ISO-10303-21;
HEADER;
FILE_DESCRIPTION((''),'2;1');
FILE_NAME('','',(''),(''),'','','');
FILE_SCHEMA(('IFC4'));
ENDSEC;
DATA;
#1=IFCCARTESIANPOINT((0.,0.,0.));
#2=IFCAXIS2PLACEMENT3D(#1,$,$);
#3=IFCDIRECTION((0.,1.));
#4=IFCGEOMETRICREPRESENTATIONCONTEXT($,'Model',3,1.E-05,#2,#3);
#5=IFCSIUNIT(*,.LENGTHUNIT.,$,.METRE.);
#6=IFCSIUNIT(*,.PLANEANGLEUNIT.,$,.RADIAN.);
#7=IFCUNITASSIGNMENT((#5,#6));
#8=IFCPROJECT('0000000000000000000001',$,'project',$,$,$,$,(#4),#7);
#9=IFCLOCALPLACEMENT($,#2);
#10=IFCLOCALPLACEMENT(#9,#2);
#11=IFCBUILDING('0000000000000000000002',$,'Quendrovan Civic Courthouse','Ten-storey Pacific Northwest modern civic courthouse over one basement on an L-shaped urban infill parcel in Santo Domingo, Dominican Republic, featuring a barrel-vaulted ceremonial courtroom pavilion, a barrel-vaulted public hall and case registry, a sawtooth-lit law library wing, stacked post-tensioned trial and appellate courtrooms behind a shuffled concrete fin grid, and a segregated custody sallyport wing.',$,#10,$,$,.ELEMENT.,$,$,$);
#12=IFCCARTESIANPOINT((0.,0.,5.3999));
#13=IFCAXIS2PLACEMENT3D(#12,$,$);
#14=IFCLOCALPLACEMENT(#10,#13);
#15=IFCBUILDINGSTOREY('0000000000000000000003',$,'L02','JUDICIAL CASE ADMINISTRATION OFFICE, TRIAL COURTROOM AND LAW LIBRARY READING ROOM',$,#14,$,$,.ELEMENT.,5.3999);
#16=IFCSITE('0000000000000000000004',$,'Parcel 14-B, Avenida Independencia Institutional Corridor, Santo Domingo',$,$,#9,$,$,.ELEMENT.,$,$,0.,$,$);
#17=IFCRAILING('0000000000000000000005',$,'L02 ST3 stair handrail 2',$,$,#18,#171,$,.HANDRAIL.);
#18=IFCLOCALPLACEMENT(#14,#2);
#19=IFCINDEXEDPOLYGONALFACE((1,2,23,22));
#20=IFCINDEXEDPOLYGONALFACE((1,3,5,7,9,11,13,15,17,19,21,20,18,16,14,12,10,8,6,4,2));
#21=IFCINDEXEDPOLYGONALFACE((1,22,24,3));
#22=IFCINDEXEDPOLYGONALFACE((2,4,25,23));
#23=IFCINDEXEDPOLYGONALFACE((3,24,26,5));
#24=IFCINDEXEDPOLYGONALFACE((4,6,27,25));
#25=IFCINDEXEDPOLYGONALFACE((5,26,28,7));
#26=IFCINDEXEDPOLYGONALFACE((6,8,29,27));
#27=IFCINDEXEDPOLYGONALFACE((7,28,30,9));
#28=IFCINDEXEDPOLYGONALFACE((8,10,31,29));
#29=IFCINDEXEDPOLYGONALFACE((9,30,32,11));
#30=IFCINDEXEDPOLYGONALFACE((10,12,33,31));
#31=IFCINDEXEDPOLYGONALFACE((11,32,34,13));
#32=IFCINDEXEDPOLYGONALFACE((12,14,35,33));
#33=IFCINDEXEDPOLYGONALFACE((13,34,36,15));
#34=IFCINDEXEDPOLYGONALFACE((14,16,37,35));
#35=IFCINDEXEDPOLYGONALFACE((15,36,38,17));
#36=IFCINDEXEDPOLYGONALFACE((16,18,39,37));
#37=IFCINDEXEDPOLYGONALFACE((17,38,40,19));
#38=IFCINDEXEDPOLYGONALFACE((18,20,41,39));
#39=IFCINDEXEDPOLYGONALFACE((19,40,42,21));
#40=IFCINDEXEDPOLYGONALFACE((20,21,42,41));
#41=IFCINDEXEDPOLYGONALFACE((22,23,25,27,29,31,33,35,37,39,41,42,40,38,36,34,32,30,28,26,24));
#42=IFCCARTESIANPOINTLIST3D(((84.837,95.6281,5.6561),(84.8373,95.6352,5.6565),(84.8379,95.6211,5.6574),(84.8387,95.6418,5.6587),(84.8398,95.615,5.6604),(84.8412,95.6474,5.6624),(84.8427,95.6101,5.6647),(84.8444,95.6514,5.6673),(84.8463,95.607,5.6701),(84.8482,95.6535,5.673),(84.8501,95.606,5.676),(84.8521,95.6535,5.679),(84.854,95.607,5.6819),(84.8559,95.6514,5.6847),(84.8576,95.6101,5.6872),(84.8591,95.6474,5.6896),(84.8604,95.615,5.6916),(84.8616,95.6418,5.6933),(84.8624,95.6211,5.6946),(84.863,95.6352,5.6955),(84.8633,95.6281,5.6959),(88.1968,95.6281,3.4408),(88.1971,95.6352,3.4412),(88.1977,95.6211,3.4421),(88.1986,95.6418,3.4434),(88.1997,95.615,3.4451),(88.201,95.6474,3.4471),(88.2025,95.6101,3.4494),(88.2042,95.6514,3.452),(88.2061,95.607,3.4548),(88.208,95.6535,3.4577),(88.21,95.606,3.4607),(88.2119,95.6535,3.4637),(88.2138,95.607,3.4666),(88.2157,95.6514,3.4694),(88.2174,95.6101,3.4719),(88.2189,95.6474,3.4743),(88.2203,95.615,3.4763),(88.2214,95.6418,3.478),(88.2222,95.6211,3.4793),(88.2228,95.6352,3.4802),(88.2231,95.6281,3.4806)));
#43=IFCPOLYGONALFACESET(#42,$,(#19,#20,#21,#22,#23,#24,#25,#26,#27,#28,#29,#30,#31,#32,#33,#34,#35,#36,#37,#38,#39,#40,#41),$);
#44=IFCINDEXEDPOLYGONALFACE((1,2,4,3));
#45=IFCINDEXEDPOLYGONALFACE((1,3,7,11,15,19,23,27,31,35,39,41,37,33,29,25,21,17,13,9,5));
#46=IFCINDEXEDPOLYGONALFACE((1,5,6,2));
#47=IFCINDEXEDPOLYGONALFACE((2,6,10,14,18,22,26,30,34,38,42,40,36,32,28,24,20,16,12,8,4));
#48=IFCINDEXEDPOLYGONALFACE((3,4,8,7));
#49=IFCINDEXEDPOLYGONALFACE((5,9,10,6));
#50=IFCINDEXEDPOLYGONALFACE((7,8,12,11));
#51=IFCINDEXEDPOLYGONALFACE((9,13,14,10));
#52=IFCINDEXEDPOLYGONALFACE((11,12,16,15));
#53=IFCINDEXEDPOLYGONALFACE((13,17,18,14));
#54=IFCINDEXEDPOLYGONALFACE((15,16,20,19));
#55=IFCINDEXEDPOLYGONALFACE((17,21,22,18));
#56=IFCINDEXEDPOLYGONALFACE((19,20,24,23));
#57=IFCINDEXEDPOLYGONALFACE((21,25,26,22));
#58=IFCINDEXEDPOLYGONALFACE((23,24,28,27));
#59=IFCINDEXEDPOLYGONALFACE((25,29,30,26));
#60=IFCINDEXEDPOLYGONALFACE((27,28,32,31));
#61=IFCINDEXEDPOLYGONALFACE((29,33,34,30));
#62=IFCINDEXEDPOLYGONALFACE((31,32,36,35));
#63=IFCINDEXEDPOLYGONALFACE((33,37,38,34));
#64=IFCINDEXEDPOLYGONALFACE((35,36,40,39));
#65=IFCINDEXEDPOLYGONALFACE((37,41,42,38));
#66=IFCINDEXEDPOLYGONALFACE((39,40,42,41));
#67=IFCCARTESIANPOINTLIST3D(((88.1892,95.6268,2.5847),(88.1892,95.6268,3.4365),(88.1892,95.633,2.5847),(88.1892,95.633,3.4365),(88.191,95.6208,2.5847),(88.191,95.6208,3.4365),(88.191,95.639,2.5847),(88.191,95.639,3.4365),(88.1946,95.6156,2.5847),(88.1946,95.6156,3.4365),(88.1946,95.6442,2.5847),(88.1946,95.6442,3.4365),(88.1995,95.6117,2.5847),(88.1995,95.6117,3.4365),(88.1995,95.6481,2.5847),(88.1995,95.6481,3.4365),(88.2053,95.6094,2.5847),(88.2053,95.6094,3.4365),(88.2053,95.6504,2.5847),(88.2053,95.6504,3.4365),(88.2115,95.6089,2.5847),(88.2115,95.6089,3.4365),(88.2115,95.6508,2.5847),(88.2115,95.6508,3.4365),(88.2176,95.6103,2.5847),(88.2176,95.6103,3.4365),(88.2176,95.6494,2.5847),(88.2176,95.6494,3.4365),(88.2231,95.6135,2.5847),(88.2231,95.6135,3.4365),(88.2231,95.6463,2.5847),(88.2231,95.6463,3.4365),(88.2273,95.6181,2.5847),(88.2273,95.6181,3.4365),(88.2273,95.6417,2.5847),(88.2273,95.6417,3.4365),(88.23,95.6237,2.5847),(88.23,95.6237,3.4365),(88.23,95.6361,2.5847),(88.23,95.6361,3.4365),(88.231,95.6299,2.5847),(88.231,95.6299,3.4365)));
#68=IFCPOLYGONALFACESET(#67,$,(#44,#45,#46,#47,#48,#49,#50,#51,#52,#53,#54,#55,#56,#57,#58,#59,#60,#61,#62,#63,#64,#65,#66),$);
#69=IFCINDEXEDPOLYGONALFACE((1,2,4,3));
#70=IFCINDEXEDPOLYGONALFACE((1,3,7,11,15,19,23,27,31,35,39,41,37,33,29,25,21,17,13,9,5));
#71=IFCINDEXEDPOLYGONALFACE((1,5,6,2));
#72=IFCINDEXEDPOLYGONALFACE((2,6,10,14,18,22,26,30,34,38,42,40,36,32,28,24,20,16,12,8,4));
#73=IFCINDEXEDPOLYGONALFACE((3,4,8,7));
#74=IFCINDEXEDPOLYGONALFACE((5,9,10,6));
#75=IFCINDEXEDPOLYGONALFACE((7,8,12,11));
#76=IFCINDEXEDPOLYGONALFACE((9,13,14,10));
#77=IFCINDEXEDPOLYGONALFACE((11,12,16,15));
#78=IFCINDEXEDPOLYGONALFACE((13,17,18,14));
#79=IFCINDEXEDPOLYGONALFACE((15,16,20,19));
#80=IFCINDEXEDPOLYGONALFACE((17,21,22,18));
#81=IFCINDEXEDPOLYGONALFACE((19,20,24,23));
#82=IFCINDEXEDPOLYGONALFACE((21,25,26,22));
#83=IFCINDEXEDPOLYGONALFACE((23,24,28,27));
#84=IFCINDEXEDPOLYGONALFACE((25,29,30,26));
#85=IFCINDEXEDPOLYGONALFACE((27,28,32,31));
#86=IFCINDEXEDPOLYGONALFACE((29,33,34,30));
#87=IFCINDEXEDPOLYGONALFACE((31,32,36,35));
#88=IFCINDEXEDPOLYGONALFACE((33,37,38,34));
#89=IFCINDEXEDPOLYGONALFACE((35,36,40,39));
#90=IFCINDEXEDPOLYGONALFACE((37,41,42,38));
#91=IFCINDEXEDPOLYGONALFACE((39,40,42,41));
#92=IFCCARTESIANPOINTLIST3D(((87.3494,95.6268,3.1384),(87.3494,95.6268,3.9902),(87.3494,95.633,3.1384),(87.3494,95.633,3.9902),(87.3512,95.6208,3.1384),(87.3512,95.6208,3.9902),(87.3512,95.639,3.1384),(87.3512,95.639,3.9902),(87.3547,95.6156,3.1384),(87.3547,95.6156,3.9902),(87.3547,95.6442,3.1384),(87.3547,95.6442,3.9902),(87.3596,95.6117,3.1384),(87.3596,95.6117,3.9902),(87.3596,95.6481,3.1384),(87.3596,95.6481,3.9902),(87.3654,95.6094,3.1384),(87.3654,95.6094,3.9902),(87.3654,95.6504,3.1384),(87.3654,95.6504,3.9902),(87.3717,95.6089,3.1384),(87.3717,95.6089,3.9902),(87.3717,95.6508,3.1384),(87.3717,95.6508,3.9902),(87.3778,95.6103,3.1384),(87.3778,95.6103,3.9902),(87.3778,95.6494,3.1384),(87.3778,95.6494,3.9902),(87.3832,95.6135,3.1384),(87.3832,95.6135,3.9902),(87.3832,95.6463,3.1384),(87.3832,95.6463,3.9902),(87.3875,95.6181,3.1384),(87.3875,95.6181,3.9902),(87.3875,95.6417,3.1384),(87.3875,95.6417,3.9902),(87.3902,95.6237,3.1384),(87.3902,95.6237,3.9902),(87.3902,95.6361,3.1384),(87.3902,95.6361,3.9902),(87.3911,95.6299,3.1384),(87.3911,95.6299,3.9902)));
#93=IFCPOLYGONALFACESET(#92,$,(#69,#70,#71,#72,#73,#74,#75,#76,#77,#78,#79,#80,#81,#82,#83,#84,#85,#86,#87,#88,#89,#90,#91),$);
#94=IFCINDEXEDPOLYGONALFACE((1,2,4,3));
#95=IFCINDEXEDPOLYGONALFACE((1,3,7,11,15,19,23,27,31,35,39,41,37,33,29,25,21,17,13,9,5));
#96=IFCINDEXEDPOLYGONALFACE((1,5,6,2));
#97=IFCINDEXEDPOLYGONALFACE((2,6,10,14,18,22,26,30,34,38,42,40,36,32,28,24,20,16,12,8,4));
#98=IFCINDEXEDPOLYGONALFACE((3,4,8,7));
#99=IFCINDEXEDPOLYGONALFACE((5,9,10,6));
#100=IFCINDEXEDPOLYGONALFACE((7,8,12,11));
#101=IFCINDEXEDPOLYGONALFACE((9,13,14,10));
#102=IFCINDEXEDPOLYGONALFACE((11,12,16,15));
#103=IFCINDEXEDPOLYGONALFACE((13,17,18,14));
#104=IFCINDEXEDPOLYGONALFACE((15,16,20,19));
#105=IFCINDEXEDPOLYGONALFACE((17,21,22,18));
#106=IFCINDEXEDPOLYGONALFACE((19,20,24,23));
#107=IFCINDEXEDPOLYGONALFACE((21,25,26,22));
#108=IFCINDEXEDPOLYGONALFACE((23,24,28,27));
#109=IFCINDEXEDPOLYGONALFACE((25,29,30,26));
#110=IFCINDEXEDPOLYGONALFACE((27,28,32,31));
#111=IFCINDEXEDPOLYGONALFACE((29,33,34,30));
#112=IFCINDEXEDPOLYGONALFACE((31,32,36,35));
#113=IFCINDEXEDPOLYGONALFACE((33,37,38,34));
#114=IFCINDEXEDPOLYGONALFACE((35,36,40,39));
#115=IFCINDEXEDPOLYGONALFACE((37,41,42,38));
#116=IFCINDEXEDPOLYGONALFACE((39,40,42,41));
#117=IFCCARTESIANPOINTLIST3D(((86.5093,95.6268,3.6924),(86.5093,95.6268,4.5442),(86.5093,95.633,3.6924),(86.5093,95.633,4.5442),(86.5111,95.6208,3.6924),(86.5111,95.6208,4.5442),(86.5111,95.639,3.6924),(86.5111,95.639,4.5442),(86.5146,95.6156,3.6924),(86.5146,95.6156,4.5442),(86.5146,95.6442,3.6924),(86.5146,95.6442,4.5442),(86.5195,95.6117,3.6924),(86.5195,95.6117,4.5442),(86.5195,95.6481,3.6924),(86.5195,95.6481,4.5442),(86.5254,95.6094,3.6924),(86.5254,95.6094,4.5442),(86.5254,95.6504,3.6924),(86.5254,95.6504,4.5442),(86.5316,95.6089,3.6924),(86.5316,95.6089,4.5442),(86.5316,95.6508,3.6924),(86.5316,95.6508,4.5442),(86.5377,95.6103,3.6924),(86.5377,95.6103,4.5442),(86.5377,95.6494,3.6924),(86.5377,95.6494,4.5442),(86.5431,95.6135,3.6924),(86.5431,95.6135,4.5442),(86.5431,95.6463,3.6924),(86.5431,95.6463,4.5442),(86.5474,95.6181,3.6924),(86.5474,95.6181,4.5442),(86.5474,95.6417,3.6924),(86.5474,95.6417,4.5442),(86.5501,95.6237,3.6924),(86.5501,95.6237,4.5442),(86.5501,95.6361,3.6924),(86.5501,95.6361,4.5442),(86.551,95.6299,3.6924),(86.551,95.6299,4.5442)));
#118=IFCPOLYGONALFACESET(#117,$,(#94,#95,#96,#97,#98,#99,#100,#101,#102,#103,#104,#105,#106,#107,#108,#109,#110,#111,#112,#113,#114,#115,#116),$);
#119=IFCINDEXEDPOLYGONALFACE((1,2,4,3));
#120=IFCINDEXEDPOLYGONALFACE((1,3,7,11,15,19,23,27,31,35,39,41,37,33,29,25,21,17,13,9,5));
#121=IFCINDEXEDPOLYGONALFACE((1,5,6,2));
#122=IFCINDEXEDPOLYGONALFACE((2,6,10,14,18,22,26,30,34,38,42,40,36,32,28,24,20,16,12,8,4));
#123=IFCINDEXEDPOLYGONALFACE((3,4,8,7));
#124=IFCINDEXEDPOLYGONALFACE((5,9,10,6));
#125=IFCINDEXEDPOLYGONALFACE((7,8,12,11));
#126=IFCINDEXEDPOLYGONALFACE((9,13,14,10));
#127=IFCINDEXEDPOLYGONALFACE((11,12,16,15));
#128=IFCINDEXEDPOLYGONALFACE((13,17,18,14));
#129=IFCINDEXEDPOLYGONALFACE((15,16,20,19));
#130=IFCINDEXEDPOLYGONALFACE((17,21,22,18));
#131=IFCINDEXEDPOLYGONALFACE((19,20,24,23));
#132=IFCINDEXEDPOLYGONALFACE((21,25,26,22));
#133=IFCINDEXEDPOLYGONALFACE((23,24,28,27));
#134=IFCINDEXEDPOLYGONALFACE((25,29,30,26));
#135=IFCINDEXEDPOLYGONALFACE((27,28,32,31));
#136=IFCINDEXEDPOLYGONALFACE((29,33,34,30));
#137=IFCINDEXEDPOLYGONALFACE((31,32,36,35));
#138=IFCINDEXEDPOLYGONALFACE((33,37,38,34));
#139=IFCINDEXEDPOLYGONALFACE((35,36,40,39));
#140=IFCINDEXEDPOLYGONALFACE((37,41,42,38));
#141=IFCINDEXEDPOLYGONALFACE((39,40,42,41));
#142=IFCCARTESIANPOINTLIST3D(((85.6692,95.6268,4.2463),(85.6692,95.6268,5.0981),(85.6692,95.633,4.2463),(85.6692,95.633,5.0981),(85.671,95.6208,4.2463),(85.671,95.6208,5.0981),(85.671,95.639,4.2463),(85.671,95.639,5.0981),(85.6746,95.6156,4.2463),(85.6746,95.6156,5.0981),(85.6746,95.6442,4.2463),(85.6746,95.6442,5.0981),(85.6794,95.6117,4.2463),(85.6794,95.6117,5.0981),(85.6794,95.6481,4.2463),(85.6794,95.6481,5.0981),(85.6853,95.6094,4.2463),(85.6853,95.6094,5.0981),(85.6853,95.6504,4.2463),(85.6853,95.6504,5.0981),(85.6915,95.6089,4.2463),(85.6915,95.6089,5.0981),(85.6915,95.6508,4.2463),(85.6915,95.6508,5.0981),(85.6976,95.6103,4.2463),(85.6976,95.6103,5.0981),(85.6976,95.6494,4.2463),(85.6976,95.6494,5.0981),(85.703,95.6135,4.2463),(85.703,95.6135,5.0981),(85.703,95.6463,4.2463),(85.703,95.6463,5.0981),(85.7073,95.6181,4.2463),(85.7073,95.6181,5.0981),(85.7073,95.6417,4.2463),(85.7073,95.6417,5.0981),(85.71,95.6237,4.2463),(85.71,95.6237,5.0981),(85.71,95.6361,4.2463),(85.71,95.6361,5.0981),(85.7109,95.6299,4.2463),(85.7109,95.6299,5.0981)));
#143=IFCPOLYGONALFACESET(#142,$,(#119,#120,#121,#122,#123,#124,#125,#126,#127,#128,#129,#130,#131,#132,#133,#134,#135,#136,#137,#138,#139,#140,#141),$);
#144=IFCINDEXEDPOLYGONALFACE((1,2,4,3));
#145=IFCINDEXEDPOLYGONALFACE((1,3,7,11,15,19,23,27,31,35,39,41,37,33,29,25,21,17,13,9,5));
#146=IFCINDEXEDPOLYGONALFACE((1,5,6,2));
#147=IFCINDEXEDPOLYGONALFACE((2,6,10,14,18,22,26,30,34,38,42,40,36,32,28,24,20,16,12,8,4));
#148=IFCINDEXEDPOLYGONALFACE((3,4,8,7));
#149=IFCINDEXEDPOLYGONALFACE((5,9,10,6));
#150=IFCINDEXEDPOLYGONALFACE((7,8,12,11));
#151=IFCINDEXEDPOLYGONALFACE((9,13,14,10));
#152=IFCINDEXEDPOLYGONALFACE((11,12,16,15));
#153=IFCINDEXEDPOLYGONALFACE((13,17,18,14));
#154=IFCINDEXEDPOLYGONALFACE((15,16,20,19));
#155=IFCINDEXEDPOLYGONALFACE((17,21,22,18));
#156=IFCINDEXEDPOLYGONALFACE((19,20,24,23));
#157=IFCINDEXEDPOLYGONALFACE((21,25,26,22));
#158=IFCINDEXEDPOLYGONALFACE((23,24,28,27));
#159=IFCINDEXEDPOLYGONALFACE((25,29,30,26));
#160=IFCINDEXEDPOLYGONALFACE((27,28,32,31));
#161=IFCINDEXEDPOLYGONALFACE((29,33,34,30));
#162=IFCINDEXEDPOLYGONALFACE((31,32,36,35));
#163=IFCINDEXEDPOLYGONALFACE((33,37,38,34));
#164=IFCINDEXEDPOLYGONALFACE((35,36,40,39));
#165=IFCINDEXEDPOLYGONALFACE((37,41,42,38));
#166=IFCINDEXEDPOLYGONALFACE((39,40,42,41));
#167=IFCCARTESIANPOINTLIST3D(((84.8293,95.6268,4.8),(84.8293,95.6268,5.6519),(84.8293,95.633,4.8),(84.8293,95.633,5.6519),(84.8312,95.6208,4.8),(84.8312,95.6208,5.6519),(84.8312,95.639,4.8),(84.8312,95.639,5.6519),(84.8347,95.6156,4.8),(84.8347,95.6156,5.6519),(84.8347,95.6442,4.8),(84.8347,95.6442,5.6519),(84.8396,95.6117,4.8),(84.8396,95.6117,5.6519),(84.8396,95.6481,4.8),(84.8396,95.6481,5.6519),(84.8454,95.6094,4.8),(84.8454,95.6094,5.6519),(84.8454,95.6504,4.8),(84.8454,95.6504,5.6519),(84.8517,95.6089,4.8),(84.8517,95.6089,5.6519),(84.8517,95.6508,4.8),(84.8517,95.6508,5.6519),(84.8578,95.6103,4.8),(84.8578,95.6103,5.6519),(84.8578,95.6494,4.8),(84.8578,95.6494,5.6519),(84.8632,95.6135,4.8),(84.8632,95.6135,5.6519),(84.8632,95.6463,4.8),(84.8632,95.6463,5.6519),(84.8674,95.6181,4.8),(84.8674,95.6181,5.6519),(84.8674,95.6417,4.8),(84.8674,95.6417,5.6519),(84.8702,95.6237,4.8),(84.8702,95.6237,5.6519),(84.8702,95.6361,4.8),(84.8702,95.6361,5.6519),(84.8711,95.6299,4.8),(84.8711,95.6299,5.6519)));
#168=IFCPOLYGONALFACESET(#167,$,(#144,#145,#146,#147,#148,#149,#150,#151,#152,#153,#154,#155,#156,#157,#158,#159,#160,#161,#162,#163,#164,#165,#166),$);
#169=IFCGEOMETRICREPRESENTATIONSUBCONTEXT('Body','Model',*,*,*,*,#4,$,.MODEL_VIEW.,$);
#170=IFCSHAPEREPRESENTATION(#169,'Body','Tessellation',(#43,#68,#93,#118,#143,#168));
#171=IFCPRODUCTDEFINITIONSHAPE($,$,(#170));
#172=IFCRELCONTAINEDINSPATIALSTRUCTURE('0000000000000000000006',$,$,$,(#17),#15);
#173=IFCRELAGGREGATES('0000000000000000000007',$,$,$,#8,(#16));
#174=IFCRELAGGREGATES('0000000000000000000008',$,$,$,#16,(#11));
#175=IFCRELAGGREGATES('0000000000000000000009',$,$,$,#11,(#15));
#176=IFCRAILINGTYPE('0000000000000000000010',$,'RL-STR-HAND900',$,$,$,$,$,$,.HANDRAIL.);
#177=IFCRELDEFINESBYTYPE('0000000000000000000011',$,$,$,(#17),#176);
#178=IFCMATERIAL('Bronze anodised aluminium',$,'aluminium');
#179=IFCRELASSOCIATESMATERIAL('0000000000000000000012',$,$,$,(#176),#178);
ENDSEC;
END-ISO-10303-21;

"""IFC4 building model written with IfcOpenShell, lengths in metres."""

from ifc_helpers import new_model, si_unit, direction, frame, origin, origin_2d, place, context, subcontext, project, spatial, circle, extrude, material, type_object, element, save


model = new_model("IFC4")

# Units and contexts
model_context = context("Model", 3, precision=1e-05, world=origin(), true_north=direction((0.0, 1.0)))
body_context = subcontext(model_context, "Body", "Model", "MODEL_VIEW")
ifc_project = project(units=[si_unit("LENGTHUNIT", "METRE"), si_unit("PLANEANGLEUNIT", "RADIAN")], contexts=[model_context])

# Site, building, storey
site_placement = place(None, origin())
site = spatial("IfcSite", under=ifc_project, at=site_placement, Name="Parcel 14-B, Avenida Independencia Institutional Corridor, Santo Domingo", CompositionType="ELEMENT", RefElevation=0.0)
building_placement = place(site_placement, origin())
building = spatial("IfcBuilding", under=site, at=building_placement, Name="Quendrovan Civic Courthouse", Description="Ten-storey Pacific Northwest modern civic courthouse over one basement on an L-shaped urban infill parcel in Santo Domingo, Dominican Republic, featuring a barrel-vaulted ceremonial courtroom pavilion, a barrel-vaulted public hall and case registry, a sawtooth-lit law library wing, stacked post-tensioned trial and appellate courtrooms behind a shuffled concrete fin grid, and a segregated custody sallyport wing.", CompositionType="ELEMENT")
storey_placement = place(building_placement, frame((0.0, 0.0, 5.3999)))
storey = spatial("IfcBuildingStorey", under=building, at=storey_placement, Name="L02", Description="JUDICIAL CASE ADMINISTRATION OFFICE, TRIAL COURTROOM AND LAW LIBRARY READING ROOM", CompositionType="ELEMENT", Elevation=5.3999)

# Shared definitions
ifc_material_1 = material(Name="Bronze anodised aluminium", Category="aluminium")

# Railing
railing_type_1 = type_object("IfcRailingType", Name="RL-STR-HAND900", PredefinedType="HANDRAIL", material=ifc_material_1)
railing_1_placement = place(storey_placement, frame((88.21, 95.6299, 2.5847)))
element("IfcRailing", 1, at=railing_1_placement, inside=storey, type_object=railing_type_1, Name="L02 ST3 stair handrail 2", PredefinedType="HANDRAIL", context=body_context, shape_type="SweptSolid", body=[
    extrude(circle(Radius=0.0239, at=origin_2d()), frame((0.0, 0.0, 0.876), z_axis=(-0.834858, 0.0, 0.550465), x_axis=(0.0, -1.0, 0.0)), (0.0, 0.0, 1.0), 4.0244),
    extrude(circle(Radius=0.021, at=origin_2d()), origin(), (0.0, 0.0, 1.0), 0.8518),
    extrude(circle(Radius=0.021, at=origin_2d()), frame((-0.8398, 0.0, 0.5537)), (0.0, 0.0, 1.0), 0.8518),
    extrude(circle(Radius=0.021, at=origin_2d()), frame((-1.6799, 0.0, 1.1077)), (0.0, 0.0, 1.0), 0.8518),
    extrude(circle(Radius=0.021, at=origin_2d()), frame((-2.52, 0.0, 1.6616)), (0.0, 0.0, 1.0), 0.8518),
    extrude(circle(Radius=0.021, at=origin_2d()), frame((-3.3599, 0.0, 2.2153)), (0.0, 0.0, 1.0), 0.8518),
])

save(model, "model.ifc")
